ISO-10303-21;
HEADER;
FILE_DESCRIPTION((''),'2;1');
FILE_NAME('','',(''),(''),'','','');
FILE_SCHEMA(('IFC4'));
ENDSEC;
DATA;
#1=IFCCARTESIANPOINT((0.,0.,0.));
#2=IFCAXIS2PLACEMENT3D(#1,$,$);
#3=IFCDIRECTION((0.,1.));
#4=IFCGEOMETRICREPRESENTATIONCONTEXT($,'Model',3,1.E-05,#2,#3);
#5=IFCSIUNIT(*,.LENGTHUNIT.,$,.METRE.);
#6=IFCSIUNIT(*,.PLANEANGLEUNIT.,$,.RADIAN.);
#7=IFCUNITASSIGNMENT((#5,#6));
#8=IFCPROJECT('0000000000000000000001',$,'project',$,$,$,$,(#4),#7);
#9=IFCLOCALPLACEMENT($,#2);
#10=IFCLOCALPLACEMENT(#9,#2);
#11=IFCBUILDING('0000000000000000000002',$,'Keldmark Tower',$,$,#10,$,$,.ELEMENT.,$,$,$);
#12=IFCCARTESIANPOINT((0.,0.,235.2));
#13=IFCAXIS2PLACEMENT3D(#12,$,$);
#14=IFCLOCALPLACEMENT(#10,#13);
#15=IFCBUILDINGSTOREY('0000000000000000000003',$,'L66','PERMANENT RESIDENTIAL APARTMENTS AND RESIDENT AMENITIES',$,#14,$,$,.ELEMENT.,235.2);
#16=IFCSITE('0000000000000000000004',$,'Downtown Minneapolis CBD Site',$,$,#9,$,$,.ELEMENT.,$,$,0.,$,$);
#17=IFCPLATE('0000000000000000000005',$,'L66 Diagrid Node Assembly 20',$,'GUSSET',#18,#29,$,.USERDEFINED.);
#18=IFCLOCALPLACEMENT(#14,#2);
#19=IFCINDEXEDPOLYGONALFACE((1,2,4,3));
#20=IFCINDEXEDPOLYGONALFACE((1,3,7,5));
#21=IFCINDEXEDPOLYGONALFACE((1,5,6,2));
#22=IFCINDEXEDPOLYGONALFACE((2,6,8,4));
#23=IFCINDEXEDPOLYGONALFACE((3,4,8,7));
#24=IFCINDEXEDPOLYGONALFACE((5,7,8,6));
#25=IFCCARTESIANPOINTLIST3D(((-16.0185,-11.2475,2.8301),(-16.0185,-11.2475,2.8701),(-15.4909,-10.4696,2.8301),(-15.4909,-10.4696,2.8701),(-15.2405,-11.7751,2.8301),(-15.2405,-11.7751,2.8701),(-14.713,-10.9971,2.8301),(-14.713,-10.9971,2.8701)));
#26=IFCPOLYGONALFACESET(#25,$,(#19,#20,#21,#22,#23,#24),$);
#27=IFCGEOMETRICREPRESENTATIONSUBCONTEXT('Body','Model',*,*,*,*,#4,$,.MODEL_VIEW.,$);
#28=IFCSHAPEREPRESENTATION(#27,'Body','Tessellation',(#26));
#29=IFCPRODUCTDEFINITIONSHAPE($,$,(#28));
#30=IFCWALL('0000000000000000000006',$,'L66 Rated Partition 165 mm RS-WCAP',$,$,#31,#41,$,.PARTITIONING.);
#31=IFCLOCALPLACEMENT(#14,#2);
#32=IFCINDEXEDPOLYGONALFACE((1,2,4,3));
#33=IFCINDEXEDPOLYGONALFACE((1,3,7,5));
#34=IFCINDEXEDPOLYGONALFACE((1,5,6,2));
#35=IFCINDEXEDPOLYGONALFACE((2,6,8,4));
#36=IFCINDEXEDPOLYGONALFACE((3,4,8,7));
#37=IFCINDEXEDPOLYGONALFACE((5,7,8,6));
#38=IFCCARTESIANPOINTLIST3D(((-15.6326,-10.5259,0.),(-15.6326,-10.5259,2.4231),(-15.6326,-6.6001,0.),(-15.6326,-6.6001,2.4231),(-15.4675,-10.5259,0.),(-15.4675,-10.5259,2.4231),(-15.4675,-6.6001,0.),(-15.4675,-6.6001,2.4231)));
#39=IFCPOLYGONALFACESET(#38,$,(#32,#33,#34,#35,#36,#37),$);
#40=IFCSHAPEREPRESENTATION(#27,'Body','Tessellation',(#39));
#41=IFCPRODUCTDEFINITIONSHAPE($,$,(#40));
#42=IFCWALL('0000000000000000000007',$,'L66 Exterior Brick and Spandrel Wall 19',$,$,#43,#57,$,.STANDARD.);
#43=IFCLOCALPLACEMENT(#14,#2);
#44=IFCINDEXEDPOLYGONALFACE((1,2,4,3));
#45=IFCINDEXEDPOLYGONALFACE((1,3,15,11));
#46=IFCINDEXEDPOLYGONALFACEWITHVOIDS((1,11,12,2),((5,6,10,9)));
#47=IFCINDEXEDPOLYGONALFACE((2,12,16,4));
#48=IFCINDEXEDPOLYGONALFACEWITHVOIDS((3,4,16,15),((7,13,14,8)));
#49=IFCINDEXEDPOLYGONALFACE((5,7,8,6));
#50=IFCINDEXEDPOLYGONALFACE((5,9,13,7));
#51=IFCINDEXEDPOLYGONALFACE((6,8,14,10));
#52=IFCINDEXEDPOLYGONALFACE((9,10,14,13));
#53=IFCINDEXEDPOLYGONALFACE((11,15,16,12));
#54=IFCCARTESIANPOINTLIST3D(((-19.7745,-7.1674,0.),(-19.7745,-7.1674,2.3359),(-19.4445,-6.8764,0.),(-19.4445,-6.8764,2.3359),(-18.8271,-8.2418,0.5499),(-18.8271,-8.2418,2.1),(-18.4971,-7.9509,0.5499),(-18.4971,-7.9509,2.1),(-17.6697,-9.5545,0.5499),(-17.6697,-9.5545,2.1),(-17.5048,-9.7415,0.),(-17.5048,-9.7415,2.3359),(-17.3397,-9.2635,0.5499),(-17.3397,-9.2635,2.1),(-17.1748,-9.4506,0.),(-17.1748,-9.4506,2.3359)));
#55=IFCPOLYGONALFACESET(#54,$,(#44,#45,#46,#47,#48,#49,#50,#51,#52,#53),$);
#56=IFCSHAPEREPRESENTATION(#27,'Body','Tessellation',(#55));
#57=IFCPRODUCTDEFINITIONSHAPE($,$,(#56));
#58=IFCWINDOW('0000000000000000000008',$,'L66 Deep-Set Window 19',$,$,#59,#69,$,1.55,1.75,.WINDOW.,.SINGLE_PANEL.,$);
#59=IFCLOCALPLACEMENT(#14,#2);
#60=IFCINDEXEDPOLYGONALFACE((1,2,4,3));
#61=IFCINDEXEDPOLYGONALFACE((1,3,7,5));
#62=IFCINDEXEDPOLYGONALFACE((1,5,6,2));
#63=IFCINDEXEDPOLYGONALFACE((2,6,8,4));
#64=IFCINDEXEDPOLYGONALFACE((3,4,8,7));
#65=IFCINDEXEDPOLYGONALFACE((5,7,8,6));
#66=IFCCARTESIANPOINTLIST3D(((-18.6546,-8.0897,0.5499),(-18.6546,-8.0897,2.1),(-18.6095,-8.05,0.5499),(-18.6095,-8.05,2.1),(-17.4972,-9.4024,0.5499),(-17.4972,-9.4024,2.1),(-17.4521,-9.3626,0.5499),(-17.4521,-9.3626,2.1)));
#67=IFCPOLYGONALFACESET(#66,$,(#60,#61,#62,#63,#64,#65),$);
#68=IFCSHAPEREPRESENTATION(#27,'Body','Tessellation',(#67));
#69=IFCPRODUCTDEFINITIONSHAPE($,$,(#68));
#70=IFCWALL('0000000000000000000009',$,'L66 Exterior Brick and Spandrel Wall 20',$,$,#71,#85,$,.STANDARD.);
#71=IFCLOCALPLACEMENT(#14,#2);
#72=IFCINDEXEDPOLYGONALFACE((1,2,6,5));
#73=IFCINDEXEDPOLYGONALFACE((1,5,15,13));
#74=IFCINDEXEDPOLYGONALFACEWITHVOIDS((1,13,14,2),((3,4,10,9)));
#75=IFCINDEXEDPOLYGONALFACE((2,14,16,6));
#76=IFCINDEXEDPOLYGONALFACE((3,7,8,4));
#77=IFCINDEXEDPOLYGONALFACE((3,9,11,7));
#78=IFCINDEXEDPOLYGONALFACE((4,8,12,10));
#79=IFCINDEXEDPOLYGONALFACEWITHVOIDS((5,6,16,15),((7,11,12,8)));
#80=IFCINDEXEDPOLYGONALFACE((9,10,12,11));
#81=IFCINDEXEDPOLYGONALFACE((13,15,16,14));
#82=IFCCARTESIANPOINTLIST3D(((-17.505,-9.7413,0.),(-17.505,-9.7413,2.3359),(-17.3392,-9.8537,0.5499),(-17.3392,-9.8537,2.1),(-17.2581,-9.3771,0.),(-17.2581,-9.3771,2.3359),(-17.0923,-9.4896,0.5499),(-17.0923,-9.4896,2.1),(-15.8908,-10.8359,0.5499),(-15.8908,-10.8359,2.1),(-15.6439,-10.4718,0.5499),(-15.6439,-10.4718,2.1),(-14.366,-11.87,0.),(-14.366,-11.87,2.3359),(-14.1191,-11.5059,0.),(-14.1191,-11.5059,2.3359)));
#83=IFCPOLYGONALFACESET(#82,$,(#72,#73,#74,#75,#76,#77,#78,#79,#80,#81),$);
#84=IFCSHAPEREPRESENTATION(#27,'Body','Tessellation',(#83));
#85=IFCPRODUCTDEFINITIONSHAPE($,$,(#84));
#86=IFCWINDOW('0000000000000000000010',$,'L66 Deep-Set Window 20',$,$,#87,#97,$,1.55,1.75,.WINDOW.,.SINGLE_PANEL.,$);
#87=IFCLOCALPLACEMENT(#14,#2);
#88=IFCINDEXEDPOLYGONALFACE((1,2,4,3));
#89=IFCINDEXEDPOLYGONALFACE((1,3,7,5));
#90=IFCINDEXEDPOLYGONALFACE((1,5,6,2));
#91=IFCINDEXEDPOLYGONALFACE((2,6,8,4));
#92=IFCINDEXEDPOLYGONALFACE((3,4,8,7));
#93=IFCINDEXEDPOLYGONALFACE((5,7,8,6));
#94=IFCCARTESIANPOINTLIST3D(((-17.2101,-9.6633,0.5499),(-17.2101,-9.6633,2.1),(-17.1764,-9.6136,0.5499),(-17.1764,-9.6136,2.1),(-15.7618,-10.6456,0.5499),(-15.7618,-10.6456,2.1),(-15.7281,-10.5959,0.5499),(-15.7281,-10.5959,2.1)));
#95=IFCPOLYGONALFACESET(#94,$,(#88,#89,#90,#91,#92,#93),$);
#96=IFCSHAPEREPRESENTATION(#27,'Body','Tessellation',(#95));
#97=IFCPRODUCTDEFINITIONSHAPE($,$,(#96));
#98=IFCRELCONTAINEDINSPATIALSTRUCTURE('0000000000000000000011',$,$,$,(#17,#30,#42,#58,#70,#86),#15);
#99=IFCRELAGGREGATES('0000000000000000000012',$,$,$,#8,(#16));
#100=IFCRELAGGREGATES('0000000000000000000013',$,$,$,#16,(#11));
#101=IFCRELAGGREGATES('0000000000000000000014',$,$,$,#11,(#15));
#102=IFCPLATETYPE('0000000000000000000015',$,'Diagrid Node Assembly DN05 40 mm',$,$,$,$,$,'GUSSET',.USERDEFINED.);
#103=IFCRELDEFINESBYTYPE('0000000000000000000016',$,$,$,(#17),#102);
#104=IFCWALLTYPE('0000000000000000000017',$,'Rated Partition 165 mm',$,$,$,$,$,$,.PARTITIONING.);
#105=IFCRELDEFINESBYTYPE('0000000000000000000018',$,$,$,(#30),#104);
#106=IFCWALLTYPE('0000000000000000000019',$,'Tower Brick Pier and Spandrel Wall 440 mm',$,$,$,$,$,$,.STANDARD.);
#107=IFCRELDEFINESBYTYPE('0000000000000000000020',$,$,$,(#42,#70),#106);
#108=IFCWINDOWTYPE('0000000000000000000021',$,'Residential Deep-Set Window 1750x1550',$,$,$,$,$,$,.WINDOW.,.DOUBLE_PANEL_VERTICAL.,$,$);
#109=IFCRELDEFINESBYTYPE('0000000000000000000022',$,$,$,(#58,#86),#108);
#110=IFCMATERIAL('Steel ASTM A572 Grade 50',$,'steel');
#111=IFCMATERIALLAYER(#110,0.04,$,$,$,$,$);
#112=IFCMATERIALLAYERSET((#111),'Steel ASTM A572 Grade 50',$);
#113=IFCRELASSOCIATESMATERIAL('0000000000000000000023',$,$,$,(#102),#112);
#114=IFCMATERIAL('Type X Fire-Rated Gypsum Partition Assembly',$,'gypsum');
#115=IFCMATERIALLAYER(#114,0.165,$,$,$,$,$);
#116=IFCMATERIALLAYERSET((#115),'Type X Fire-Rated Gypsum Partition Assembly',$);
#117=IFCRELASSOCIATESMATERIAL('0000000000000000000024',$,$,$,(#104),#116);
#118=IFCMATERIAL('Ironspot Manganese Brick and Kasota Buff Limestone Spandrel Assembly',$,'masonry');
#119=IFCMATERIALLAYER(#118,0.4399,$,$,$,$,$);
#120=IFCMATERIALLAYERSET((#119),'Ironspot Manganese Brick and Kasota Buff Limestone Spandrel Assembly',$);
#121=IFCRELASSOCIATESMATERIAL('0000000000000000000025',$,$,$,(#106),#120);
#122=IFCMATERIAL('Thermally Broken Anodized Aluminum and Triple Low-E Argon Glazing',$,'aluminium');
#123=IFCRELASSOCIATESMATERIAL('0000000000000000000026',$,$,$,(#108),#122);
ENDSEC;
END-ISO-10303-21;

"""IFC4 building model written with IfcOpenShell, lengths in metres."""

from ifc_helpers import new_model, si_unit, direction, frame, frame_2d, origin, origin_2d, place, context, subcontext, project, spatial, rectangle, extrude, material, layer, layer_set, type_object, element, fill, save


model = new_model("IFC4")

# Units and contexts
model_context = context("Model", 3, precision=1e-05, world=origin(), true_north=direction((0.0, 1.0)))
body_context = subcontext(model_context, "Body", "Model", "MODEL_VIEW")
ifc_project = project(units=[si_unit("LENGTHUNIT", "METRE"), si_unit("PLANEANGLEUNIT", "RADIAN")], contexts=[model_context])

# Site, building, storey
site_placement = place(None, origin())
site = spatial("IfcSite", under=ifc_project, at=site_placement, Name="Downtown Minneapolis CBD Site", CompositionType="ELEMENT", RefElevation=0.0)
building_placement = place(site_placement, origin())
building = spatial("IfcBuilding", under=site, at=building_placement, Name="Keldmark Tower", CompositionType="ELEMENT")
storey_placement = place(building_placement, frame((0.0, 0.0, 235.2)))
storey = spatial("IfcBuildingStorey", under=building, at=storey_placement, Name="L66", Description="PERMANENT RESIDENTIAL APARTMENTS AND RESIDENT AMENITIES", CompositionType="ELEMENT", Elevation=235.2)

# Plate
ifc_material_1 = material(Name="Steel ASTM A572 Grade 50", Category="steel")
ifc_layer_1 = layer(ifc_material_1, 0.04)
ifc_layer_set_1 = layer_set([ifc_layer_1], Name="Steel ASTM A572 Grade 50")
plate_type = type_object("IfcPlateType", Name="Diagrid Node Assembly DN05 40 mm", ElementType="GUSSET", PredefinedType="USERDEFINED", material=ifc_layer_set_1)
for number, where, z_axis, x_axis, name in (
    (1, (-15.3657, -11.1223, 2.8301), (0.0, 0.0, 1.0), (0.827669, -0.561217, 0.0), "L66 Diagrid Node Assembly 20"),
):
    element("IfcPlate", number, at=place(storey_placement, frame(where, z_axis=z_axis, x_axis=x_axis)), inside=storey, type_object=plate_type, Name=name, ObjectType="GUSSET", PredefinedType="USERDEFINED", context=body_context, shape_type="SweptSolid", body=[
        extrude(rectangle(XDim=0.9399, YDim=0.9399, at=origin_2d()), origin(), (0.0, 0.0, 1.0), 0.04),
    ])

# Wall
ifc_material_2 = material(Name="Type X Fire-Rated Gypsum Partition Assembly", Category="gypsum")
ifc_layer_2 = layer(ifc_material_2, 0.165)
ifc_layer_set_2 = layer_set([ifc_layer_2], Name="Type X Fire-Rated Gypsum Partition Assembly")
wall_type_1 = type_object("IfcWallType", Name="Rated Partition 165 mm", PredefinedType="PARTITIONING", material=ifc_layer_set_2)
wall_1_placement = place(storey_placement, frame((-15.55, -10.5259, 0.0), z_axis=(0.0, 0.0, 1.0), x_axis=(0.0, 1.0, 0.0)))
element("IfcWall", 2, at=wall_1_placement, inside=storey, type_object=wall_type_1, Name="L66 Rated Partition 165 mm RS-WCAP", PredefinedType="PARTITIONING", context=body_context, shape_type="SweptSolid", body=[
    extrude(rectangle(XDim=3.9258, YDim=0.165, at=frame_2d((1.9629, 0.0))), origin(), (0.0, 0.0, 1.0), 2.4231),
])

# Walls, openings, windows
ifc_material_3 = material(Name="Ironspot Manganese Brick and Kasota Buff Limestone Spandrel Assembly", Category="masonry")
ifc_layer_3 = layer(ifc_material_3, 0.4399)
ifc_layer_set_3 = layer_set([ifc_layer_3], Name="Ironspot Manganese Brick and Kasota Buff Limestone Spandrel Assembly")
wall_type_2 = type_object("IfcWallType", Name="Tower Brick Pier and Spandrel Wall 440 mm", PredefinedType="STANDARD", material=ifc_layer_set_3)
wall_2_placement = place(storey_placement, frame((-17.3398, -9.5959, 0.0), z_axis=(0.0, 0.0, 1.0), x_axis=(-0.66136, 0.750068, 0.0)))
wall_2 = element("IfcWall", 3, at=wall_2_placement, inside=storey, type_object=wall_type_2, Name="L66 Exterior Brick and Spandrel Wall 19", PredefinedType="STANDARD", context=body_context, shape_type="SweptSolid", body=[
    extrude(rectangle(XDim=3.4319, YDim=0.4399, at=frame_2d((1.7158, 0.0))), origin(), (0.0, 0.0, 1.0), 2.3359),
])
opening_1_placement = place(wall_2_placement, frame((0.2493, 0.0, 0.55)))
opening_1 = element("IfcOpeningElement", 4, at=opening_1_placement, cuts=wall_2, PredefinedType="OPENING", context=body_context, shape_type="SweptSolid", body=[
    extrude(rectangle(XDim=1.75, YDim=1.55, at=frame_2d((0.875, 0.7749))), frame((0.0, 0.23, 0.0), z_axis=(0.0, -1.0, 0.0), x_axis=(1.0, 0.0, 0.0)), (0.0, 0.0, 1.0), 0.46),
])
ifc_material_4 = material(Name="Thermally Broken Anodized Aluminum and Triple Low-E Argon Glazing", Category="aluminium")
window_type = type_object("IfcWindowType", Name="Residential Deep-Set Window 1750x1550", PartitioningType="DOUBLE_PANEL_VERTICAL", PredefinedType="WINDOW", material=ifc_material_4)
window_1_placement = place(opening_1_placement, origin())
window_1 = element("IfcWindow", 5, at=window_1_placement, inside=storey, type_object=window_type, Name="L66 Deep-Set Window 19", OverallHeight=1.55, OverallWidth=1.75, PartitioningType="SINGLE_PANEL", PredefinedType="WINDOW", context=body_context, shape_type="SweptSolid", body=[
    extrude(rectangle(XDim=1.75, YDim=1.55, at=frame_2d((0.875, 0.7749))), frame((0.0, -0.01, 0.0), z_axis=(0.0, -1.0, 0.0), x_axis=(1.0, 0.0, 0.0)), (0.0, 0.0, 1.0), 0.0601),
])
fill(opening_1, window_1)
wall_3_placement = place(storey_placement, frame((-14.2424, -11.688, 0.0), z_axis=(0.0, 0.0, 1.0), x_axis=(-0.827637, 0.561264, 0.0)))
wall_3 = element("IfcWall", 6, at=wall_3_placement, inside=storey, type_object=wall_type_2, Name="L66 Exterior Brick and Spandrel Wall 20", PredefinedType="STANDARD", context=body_context, shape_type="SweptSolid", body=[
    extrude(rectangle(XDim=3.7927, YDim=0.4399, at=frame_2d((1.8965, 0.0))), origin(), (0.0, 0.0, 1.0), 2.3359),
])
opening_2_placement = place(wall_3_placement, frame((1.8425, 0.0, 0.55)))
opening_2 = element("IfcOpeningElement", 7, at=opening_2_placement, cuts=wall_3, PredefinedType="OPENING", context=body_context, shape_type="SweptSolid", body=[
    extrude(rectangle(XDim=1.75, YDim=1.55, at=frame_2d((0.875, 0.7749))), frame((0.0, 0.23, 0.0), z_axis=(0.0, -1.0, 0.0), x_axis=(1.0, 0.0, 0.0)), (0.0, 0.0, 1.0), 0.46),
])
window_2_placement = place(opening_2_placement, origin())
window_2 = element("IfcWindow", 8, at=window_2_placement, inside=storey, type_object=window_type, Name="L66 Deep-Set Window 20", OverallHeight=1.55, OverallWidth=1.75, PartitioningType="SINGLE_PANEL", PredefinedType="WINDOW", context=body_context, shape_type="SweptSolid", body=[
    extrude(rectangle(XDim=1.75, YDim=1.55, at=frame_2d((0.875, 0.7749))), frame((0.0, -0.01, 0.0), z_axis=(0.0, -1.0, 0.0), x_axis=(1.0, 0.0, 0.0)), (0.0, 0.0, 1.0), 0.0601),
])
fill(opening_2, window_2)

save(model, "model.ifc")
